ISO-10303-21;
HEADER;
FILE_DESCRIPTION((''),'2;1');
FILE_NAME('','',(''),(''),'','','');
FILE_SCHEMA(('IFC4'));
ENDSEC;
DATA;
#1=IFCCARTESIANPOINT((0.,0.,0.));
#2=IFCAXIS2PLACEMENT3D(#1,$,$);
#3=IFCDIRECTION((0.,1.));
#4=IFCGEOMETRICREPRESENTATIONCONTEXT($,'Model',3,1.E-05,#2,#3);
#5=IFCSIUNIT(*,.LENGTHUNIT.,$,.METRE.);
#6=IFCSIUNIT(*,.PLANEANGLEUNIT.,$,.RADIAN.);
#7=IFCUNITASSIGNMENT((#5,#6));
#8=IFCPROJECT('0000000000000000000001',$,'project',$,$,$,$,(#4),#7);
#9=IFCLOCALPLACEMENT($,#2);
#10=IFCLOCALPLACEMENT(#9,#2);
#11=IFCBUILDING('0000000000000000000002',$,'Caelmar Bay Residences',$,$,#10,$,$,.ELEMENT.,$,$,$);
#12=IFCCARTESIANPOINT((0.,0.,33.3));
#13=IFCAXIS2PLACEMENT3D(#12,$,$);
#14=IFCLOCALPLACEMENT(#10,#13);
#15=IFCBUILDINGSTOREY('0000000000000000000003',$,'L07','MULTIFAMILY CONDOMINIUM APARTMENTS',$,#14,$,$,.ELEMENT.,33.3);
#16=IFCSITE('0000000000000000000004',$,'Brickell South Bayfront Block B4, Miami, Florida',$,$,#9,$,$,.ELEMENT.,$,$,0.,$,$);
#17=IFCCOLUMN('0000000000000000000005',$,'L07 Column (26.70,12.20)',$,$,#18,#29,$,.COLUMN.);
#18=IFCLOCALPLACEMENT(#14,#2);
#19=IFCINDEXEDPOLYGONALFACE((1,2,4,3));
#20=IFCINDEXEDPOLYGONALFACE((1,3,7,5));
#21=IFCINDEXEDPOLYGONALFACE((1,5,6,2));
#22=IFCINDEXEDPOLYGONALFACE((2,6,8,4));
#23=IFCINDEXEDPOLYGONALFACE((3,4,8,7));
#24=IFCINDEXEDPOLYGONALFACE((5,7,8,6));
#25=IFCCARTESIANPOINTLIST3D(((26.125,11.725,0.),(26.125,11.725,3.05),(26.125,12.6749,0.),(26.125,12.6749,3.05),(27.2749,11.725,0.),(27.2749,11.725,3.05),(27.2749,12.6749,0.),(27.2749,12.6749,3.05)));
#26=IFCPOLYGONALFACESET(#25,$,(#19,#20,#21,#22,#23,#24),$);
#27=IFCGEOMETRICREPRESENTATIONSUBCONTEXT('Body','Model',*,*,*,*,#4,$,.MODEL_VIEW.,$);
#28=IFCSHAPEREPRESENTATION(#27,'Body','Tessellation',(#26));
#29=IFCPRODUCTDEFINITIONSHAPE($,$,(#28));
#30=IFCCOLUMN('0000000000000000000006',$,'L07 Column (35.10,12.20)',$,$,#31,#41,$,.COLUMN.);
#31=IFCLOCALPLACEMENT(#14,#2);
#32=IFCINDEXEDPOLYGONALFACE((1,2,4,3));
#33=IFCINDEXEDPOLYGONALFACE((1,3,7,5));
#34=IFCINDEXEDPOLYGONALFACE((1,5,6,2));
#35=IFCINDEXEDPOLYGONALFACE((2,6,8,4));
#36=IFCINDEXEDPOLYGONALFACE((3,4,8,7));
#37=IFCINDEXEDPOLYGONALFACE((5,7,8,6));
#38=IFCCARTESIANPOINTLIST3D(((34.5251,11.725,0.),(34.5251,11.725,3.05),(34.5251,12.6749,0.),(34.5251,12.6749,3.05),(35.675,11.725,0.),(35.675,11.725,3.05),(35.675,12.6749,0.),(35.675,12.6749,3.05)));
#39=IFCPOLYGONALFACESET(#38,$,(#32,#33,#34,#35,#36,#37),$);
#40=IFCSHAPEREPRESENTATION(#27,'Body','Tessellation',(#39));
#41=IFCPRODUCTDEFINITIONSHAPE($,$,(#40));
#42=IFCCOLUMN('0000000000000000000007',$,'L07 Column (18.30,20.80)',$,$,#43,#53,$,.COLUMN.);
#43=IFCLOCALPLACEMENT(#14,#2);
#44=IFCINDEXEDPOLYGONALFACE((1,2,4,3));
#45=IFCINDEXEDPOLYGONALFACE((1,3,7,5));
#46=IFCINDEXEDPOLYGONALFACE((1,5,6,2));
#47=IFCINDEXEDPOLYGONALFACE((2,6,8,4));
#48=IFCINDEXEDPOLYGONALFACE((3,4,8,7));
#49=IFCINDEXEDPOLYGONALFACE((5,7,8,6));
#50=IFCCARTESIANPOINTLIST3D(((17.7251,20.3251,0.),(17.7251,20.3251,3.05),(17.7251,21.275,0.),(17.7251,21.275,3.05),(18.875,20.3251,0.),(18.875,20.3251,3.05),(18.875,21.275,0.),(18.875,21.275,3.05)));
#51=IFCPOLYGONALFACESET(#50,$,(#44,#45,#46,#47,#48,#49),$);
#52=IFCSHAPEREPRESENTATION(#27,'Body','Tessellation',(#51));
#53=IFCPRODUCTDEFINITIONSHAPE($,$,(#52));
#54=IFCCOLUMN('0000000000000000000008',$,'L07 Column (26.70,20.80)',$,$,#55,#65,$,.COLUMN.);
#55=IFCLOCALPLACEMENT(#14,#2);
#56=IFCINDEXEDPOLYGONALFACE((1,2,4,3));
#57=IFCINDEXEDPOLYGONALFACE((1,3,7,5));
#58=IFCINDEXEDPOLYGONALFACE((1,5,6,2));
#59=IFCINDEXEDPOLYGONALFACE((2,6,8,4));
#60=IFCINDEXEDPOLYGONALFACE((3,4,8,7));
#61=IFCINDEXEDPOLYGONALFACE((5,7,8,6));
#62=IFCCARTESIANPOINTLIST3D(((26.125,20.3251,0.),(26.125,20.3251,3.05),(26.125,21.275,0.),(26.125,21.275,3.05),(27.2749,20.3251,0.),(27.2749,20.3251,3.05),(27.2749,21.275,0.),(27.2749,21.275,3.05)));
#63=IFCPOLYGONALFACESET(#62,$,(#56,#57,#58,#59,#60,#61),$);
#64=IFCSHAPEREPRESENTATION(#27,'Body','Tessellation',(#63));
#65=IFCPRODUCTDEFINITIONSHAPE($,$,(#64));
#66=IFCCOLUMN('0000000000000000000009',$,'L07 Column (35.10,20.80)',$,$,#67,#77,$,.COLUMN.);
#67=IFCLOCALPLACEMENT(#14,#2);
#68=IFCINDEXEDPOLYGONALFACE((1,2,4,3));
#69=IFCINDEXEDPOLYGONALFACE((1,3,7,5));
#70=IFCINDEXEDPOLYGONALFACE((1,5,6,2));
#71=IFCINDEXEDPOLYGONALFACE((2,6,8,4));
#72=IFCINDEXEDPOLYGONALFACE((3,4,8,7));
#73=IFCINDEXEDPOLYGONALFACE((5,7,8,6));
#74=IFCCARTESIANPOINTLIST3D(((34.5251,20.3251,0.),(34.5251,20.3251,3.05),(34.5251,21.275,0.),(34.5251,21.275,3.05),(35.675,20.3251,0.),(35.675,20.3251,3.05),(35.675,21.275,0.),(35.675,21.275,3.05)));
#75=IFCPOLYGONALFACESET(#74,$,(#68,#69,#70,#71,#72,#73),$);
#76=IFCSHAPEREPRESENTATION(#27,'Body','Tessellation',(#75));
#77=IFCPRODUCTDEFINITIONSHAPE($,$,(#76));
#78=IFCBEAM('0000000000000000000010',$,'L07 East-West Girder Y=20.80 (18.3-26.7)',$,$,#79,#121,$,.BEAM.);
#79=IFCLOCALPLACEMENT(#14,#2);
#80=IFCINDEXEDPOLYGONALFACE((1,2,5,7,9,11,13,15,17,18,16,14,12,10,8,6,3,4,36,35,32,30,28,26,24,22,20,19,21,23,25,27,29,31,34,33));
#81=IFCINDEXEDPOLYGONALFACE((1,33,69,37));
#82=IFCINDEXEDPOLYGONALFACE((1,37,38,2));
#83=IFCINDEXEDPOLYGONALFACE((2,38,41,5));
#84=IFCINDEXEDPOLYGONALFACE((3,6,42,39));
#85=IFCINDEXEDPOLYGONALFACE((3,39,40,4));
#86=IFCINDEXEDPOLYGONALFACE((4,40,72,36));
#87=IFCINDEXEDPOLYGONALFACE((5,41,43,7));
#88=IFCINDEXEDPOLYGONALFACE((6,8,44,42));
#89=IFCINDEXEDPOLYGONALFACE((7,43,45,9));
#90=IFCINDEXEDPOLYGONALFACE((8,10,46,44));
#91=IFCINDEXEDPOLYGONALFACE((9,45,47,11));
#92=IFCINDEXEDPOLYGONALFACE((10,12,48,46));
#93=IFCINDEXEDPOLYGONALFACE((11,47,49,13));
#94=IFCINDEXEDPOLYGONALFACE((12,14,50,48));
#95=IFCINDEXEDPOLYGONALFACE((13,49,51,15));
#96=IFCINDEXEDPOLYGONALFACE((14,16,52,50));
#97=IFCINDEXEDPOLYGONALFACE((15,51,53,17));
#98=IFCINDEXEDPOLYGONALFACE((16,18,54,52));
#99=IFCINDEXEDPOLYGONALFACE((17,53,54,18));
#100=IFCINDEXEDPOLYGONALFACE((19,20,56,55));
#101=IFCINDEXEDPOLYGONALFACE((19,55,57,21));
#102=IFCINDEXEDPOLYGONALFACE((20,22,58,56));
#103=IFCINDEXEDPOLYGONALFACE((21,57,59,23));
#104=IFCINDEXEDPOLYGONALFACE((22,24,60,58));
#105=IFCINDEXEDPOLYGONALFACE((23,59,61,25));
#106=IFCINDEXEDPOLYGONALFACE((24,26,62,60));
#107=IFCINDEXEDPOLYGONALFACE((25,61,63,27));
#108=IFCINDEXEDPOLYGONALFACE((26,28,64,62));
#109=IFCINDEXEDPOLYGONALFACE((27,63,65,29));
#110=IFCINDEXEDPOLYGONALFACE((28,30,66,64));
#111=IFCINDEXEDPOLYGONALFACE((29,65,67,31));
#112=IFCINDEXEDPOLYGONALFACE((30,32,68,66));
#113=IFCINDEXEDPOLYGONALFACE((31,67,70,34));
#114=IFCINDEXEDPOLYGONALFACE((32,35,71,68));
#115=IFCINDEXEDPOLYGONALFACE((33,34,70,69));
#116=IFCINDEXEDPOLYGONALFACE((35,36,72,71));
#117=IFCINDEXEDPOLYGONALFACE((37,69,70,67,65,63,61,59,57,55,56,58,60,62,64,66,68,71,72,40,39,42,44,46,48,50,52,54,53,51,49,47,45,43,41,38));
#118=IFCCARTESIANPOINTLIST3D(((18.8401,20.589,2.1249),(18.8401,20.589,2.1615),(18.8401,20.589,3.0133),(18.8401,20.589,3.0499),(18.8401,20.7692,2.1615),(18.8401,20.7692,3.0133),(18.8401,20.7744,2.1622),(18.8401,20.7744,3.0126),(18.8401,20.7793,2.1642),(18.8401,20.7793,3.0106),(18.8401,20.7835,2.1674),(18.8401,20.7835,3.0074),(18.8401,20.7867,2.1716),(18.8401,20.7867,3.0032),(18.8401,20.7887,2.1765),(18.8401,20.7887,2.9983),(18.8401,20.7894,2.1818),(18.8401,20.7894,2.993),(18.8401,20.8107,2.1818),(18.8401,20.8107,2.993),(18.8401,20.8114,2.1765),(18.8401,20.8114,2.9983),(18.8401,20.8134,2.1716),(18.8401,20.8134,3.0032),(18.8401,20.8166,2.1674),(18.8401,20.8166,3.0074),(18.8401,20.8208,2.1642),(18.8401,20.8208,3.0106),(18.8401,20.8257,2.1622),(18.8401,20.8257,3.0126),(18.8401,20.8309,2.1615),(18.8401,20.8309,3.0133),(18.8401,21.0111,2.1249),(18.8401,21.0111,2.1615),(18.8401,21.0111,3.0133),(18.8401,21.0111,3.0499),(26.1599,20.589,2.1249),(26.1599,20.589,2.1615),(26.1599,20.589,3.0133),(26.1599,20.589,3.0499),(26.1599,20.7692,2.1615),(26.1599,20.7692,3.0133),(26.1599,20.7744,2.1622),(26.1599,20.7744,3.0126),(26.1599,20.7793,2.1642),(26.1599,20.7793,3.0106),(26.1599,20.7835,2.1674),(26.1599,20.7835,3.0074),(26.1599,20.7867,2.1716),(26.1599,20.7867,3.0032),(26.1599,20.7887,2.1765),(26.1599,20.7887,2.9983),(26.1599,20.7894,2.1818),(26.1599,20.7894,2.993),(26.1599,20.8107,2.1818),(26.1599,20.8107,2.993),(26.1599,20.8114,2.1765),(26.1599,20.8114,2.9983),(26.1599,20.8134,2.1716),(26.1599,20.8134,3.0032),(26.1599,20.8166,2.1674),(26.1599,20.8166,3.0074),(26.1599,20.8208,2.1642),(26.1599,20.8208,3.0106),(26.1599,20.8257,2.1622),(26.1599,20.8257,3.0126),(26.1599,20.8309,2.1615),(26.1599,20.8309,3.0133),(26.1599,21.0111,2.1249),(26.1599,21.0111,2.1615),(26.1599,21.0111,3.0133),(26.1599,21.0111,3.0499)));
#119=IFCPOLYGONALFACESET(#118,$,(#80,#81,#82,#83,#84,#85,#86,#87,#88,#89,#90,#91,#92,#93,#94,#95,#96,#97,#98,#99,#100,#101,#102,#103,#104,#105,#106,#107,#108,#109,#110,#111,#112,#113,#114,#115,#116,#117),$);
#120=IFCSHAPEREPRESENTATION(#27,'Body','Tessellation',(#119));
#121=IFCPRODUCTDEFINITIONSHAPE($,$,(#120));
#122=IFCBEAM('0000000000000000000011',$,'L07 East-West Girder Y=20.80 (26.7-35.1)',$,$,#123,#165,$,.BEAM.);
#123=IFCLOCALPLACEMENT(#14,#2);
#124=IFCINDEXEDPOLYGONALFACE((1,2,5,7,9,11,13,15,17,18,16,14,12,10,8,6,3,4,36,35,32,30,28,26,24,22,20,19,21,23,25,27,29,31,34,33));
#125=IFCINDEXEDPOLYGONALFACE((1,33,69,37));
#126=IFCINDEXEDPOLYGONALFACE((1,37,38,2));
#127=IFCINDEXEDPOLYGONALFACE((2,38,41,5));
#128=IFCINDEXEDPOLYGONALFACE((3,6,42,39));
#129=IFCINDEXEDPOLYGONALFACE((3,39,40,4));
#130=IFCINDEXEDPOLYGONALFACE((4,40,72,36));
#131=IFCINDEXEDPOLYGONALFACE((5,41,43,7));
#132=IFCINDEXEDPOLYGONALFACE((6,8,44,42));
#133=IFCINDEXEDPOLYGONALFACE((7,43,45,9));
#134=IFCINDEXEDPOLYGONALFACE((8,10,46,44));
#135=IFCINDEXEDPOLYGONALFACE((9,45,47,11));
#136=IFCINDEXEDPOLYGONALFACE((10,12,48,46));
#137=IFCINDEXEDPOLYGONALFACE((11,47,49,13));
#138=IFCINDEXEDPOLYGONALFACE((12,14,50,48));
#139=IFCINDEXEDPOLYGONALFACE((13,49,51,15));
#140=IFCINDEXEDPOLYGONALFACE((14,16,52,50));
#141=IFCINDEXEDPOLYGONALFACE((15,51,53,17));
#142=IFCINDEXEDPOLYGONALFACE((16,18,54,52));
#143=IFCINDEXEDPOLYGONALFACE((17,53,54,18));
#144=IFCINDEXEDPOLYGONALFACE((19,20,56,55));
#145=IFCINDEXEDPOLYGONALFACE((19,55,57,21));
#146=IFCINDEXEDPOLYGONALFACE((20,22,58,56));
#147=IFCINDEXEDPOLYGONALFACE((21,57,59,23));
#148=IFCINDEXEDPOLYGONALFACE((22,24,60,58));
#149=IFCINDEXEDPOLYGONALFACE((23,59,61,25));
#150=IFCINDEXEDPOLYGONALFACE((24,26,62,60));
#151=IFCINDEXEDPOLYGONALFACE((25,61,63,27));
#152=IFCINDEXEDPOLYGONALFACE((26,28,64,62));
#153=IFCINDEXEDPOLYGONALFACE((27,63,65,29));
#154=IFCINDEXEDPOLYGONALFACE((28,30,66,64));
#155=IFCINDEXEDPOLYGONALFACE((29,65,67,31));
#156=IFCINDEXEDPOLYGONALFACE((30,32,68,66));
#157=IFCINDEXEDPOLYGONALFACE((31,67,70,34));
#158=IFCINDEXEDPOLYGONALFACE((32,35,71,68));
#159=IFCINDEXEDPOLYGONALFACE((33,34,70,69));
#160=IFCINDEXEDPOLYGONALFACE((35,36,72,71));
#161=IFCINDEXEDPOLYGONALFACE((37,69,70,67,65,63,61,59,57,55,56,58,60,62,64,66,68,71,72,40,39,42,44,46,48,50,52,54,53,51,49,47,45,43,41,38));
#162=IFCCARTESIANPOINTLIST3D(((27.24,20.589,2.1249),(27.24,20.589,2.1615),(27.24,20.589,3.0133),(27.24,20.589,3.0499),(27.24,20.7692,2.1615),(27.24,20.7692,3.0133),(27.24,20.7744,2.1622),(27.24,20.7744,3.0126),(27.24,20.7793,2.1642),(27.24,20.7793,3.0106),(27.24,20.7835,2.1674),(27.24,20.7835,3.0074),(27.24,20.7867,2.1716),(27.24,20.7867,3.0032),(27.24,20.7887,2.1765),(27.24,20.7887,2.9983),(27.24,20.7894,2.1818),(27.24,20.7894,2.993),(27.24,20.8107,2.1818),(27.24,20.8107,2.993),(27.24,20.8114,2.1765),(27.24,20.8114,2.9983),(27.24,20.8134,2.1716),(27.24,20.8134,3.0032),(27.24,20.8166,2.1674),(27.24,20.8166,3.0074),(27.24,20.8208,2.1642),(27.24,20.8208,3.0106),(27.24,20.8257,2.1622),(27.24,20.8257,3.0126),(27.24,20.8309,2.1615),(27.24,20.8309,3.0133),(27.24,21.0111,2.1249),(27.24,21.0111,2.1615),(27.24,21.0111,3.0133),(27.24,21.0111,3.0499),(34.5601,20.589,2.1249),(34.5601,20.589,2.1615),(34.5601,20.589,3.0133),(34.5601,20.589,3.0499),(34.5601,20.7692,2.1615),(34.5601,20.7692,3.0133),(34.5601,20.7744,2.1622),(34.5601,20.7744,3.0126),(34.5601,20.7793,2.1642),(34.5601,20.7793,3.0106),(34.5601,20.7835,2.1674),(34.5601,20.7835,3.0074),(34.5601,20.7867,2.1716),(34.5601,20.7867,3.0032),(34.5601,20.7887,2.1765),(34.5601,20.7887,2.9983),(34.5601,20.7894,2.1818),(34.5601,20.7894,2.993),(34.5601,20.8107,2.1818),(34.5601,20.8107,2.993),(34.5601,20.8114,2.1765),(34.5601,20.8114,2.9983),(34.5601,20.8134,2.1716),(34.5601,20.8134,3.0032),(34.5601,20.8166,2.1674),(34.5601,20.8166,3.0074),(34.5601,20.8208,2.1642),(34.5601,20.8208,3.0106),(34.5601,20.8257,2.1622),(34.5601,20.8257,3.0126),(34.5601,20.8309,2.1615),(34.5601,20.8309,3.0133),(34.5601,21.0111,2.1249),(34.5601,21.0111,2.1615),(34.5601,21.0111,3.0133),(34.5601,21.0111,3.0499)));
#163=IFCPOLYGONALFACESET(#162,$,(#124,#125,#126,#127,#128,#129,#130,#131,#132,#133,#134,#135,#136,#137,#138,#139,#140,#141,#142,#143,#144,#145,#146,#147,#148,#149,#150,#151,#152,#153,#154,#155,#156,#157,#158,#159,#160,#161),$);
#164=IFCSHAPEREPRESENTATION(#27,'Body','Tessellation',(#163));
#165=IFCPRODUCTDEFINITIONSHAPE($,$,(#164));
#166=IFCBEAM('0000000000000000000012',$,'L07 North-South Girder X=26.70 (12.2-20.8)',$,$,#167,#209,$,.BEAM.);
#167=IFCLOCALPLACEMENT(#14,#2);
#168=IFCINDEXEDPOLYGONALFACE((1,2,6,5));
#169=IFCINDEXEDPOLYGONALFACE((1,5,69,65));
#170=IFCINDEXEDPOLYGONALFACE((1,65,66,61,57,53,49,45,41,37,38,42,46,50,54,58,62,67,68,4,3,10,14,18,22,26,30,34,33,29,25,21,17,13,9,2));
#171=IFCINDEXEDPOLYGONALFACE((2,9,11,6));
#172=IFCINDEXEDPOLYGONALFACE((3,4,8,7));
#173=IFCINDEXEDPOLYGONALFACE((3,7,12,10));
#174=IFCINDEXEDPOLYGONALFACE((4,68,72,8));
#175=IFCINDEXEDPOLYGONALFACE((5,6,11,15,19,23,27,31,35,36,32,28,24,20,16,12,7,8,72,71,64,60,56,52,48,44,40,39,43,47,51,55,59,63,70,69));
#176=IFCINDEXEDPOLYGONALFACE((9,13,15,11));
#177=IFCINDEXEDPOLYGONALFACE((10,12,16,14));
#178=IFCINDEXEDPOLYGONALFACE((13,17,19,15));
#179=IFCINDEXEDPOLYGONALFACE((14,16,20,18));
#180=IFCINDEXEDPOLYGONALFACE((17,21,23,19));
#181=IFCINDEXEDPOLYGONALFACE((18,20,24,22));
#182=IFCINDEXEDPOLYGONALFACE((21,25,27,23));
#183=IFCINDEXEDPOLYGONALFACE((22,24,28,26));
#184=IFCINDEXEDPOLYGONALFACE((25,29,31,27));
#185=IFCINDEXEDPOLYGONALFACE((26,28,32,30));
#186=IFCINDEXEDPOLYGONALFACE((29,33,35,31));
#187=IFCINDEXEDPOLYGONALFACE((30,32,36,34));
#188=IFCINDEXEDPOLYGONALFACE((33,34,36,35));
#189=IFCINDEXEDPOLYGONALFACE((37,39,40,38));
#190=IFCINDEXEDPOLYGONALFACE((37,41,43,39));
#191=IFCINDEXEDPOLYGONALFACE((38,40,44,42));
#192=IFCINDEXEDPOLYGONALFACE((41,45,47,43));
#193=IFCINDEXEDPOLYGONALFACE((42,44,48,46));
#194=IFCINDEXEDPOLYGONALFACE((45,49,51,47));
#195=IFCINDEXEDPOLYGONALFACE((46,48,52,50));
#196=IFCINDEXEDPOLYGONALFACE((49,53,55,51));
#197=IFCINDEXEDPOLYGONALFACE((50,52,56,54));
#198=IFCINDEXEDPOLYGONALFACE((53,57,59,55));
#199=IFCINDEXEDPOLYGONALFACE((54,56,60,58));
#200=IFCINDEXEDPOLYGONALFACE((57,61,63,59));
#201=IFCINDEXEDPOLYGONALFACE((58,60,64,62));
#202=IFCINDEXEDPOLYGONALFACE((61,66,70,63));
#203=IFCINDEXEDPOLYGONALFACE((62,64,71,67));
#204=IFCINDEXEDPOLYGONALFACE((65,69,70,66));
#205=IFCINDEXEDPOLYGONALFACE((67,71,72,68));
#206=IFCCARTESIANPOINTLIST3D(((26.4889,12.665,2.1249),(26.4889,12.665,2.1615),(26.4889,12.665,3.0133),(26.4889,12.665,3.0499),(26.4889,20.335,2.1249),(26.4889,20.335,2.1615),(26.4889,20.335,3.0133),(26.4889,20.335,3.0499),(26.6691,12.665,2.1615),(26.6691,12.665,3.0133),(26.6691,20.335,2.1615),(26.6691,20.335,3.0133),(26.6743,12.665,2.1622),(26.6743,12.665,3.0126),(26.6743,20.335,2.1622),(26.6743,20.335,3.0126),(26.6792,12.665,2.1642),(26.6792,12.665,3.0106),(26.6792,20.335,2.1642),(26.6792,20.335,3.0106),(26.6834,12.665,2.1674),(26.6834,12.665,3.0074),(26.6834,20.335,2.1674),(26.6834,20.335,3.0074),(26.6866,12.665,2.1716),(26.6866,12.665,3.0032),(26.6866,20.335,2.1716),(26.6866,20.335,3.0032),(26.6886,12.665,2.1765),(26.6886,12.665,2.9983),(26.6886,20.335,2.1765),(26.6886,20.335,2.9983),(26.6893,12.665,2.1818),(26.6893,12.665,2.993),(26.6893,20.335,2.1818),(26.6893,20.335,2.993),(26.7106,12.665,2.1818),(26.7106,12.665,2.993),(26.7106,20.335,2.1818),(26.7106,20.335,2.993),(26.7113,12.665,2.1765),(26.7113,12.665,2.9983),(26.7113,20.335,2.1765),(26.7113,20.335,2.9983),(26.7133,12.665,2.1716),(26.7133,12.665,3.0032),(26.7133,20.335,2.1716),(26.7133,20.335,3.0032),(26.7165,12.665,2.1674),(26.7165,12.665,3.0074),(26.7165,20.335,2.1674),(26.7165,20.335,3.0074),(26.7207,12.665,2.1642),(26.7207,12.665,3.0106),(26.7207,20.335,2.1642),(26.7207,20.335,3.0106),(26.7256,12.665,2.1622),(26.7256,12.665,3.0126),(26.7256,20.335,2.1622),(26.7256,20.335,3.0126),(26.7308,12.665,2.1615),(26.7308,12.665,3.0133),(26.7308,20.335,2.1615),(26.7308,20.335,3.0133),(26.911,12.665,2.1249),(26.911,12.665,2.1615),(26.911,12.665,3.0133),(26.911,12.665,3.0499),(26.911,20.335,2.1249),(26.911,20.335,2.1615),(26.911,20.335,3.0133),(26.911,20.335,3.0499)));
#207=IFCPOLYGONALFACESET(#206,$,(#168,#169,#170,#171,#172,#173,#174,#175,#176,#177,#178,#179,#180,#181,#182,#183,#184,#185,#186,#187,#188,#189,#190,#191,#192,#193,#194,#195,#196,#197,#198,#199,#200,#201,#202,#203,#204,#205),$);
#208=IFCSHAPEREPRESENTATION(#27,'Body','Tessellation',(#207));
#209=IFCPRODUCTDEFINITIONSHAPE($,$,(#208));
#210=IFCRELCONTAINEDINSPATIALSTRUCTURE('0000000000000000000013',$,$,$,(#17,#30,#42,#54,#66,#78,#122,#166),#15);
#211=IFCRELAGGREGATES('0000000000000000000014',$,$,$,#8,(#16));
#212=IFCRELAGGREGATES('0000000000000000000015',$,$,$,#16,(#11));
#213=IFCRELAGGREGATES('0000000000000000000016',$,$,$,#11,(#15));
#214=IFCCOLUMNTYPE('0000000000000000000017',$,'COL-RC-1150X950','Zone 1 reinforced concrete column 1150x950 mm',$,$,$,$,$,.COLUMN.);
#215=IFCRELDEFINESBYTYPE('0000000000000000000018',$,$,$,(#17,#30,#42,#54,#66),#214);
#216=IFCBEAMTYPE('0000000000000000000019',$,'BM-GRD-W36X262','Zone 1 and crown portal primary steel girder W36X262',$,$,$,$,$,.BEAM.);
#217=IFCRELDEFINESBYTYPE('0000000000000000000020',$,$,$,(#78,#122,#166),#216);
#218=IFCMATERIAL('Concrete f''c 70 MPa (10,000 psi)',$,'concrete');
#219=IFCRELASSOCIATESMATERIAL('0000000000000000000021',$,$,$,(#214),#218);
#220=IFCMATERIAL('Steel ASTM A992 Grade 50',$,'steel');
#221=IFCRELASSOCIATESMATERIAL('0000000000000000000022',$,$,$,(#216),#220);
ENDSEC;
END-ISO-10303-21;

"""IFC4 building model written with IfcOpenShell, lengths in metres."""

from ifc_helpers import new_model, si_unit, direction, frame, origin, origin_2d, place, context, subcontext, project, spatial, rectangle, i_section, extrude, material, material_profile, profile_set, type_object, element, save


model = new_model("IFC4")

# Units and contexts
model_context = context("Model", 3, precision=1e-05, world=origin(), true_north=direction((0.0, 1.0)))
body_context = subcontext(model_context, "Body", "Model", "MODEL_VIEW")
ifc_project = project(units=[si_unit("LENGTHUNIT", "METRE"), si_unit("PLANEANGLEUNIT", "RADIAN")], contexts=[model_context])

# Site, building, storey
site_placement = place(None, origin())
site = spatial("IfcSite", under=ifc_project, at=site_placement, Name="Brickell South Bayfront Block B4, Miami, Florida", CompositionType="ELEMENT", RefElevation=0.0)
building_placement = place(site_placement, origin())
building = spatial("IfcBuilding", under=site, at=building_placement, Name="Caelmar Bay Residences", CompositionType="ELEMENT")
storey_placement = place(building_placement, frame((0.0, 0.0, 33.3)))
storey = spatial("IfcBuildingStorey", under=building, at=storey_placement, Name="L07", Description="MULTIFAMILY CONDOMINIUM APARTMENTS", CompositionType="ELEMENT", Elevation=33.3)

# Columns
ifc_material_1 = material(Name="Concrete f'c 70 MPa (10,000 psi)", Category="concrete")
ifc_material_profile_1 = material_profile(ifc_material_1, rectangle(XDim=1.1499, YDim=0.95, at=origin_2d()), Name="RC-COL-1150X950")
ifc_profile_set_1 = profile_set([ifc_material_profile_1], Name="Concrete f'c 70 MPa (10,000 psi)")
column_type = type_object("IfcColumnType", Name="COL-RC-1150X950", Description="Zone 1 reinforced concrete column 1150x950 mm", PredefinedType="COLUMN", material=ifc_profile_set_1)
for number, where, z_axis, x_axis, name in (
    (1, (26.7, 12.2, 0.0), (0.0, 0.0, 1.0), (1.0, 0.0, 0.0), "L07 Column (26.70,12.20)"),
    (2, (35.1001, 12.2, 0.0), (0.0, 0.0, 1.0), (1.0, 0.0, 0.0), "L07 Column (35.10,12.20)"),
    (3, (18.3, 20.8, 0.0), (0.0, 0.0, 1.0), (1.0, 0.0, 0.0), "L07 Column (18.30,20.80)"),
    (4, (26.7, 20.8, 0.0), (0.0, 0.0, 1.0), (1.0, 0.0, 0.0), "L07 Column (26.70,20.80)"),
    (5, (35.1001, 20.8, 0.0), (0.0, 0.0, 1.0), (1.0, 0.0, 0.0), "L07 Column (35.10,20.80)"),
):
    element("IfcColumn", number, at=place(storey_placement, frame(where, z_axis=z_axis, x_axis=x_axis)), inside=storey, type_object=column_type, Name=name, PredefinedType="COLUMN", context=body_context, shape_type="SweptSolid", body=[
        extrude(rectangle(XDim=1.1499, YDim=0.95, at=origin_2d()), origin(), (0.0, 0.0, 1.0), 3.05),
    ])

# Beams
ifc_material_2 = material(Name="Steel ASTM A992 Grade 50", Category="steel")
ifc_material_profile_2 = material_profile(ifc_material_2, i_section(OverallWidth=0.4221, OverallDepth=0.925, WebThickness=0.0212, FlangeThickness=0.0366, FilletRadius=0.0203, at=origin_2d()), Name="W36X262")
ifc_profile_set_2 = profile_set([ifc_material_profile_2], Name="Steel ASTM A992 Grade 50")
beam_type_1 = type_object("IfcBeamType", Name="BM-GRD-W36X262", Description="Zone 1 and crown portal primary steel girder W36X262", PredefinedType="BEAM", material=ifc_profile_set_2)
beam_1_placement = place(storey_placement, frame((18.8401, 20.8, 2.5874), z_axis=(1.0, 0.0, 0.0), x_axis=(0.0, 1.0, 0.0)))
element("IfcBeam", 6, at=beam_1_placement, inside=storey, type_object=beam_type_1, Name="L07 East-West Girder Y=20.80 (18.3-26.7)", PredefinedType="BEAM", context=body_context, shape_type="SweptSolid", body=[
    extrude(i_section(OverallWidth=0.4221, OverallDepth=0.925, WebThickness=0.0212, FlangeThickness=0.0366, FilletRadius=0.0203, at=origin_2d()), origin(), (0.0, 0.0, 1.0), 7.3198),
])
beam_2_placement = place(storey_placement, frame((27.24, 20.8, 2.5874), z_axis=(1.0, 0.0, 0.0), x_axis=(0.0, 1.0, 0.0)))
element("IfcBeam", 7, at=beam_2_placement, inside=storey, type_object=beam_type_1, Name="L07 East-West Girder Y=20.80 (26.7-35.1)", PredefinedType="BEAM", context=body_context, shape_type="SweptSolid", body=[
    extrude(i_section(OverallWidth=0.4221, OverallDepth=0.925, WebThickness=0.0212, FlangeThickness=0.0366, FilletRadius=0.0203, at=origin_2d()), origin(), (0.0, 0.0, 1.0), 7.3201),
])
for number, where, z_axis, x_axis, name in (
    (8, (26.7, 12.665, 2.5874), (0.0, 1.0, 0.0), (-1.0, 0.0, 0.0), "L07 North-South Girder X=26.70 (12.2-20.8)"),
):
    element("IfcBeam", number, at=place(storey_placement, frame(where, z_axis=z_axis, x_axis=x_axis)), inside=storey, type_object=beam_type_1, Name=name, PredefinedType="BEAM", context=body_context, shape_type="SweptSolid", body=[
        extrude(i_section(OverallWidth=0.4221, OverallDepth=0.925, WebThickness=0.0212, FlangeThickness=0.0366, FilletRadius=0.0203, at=origin_2d()), origin(), (0.0, 0.0, 1.0), 7.6699),
    ])

save(model, "model.ifc")
